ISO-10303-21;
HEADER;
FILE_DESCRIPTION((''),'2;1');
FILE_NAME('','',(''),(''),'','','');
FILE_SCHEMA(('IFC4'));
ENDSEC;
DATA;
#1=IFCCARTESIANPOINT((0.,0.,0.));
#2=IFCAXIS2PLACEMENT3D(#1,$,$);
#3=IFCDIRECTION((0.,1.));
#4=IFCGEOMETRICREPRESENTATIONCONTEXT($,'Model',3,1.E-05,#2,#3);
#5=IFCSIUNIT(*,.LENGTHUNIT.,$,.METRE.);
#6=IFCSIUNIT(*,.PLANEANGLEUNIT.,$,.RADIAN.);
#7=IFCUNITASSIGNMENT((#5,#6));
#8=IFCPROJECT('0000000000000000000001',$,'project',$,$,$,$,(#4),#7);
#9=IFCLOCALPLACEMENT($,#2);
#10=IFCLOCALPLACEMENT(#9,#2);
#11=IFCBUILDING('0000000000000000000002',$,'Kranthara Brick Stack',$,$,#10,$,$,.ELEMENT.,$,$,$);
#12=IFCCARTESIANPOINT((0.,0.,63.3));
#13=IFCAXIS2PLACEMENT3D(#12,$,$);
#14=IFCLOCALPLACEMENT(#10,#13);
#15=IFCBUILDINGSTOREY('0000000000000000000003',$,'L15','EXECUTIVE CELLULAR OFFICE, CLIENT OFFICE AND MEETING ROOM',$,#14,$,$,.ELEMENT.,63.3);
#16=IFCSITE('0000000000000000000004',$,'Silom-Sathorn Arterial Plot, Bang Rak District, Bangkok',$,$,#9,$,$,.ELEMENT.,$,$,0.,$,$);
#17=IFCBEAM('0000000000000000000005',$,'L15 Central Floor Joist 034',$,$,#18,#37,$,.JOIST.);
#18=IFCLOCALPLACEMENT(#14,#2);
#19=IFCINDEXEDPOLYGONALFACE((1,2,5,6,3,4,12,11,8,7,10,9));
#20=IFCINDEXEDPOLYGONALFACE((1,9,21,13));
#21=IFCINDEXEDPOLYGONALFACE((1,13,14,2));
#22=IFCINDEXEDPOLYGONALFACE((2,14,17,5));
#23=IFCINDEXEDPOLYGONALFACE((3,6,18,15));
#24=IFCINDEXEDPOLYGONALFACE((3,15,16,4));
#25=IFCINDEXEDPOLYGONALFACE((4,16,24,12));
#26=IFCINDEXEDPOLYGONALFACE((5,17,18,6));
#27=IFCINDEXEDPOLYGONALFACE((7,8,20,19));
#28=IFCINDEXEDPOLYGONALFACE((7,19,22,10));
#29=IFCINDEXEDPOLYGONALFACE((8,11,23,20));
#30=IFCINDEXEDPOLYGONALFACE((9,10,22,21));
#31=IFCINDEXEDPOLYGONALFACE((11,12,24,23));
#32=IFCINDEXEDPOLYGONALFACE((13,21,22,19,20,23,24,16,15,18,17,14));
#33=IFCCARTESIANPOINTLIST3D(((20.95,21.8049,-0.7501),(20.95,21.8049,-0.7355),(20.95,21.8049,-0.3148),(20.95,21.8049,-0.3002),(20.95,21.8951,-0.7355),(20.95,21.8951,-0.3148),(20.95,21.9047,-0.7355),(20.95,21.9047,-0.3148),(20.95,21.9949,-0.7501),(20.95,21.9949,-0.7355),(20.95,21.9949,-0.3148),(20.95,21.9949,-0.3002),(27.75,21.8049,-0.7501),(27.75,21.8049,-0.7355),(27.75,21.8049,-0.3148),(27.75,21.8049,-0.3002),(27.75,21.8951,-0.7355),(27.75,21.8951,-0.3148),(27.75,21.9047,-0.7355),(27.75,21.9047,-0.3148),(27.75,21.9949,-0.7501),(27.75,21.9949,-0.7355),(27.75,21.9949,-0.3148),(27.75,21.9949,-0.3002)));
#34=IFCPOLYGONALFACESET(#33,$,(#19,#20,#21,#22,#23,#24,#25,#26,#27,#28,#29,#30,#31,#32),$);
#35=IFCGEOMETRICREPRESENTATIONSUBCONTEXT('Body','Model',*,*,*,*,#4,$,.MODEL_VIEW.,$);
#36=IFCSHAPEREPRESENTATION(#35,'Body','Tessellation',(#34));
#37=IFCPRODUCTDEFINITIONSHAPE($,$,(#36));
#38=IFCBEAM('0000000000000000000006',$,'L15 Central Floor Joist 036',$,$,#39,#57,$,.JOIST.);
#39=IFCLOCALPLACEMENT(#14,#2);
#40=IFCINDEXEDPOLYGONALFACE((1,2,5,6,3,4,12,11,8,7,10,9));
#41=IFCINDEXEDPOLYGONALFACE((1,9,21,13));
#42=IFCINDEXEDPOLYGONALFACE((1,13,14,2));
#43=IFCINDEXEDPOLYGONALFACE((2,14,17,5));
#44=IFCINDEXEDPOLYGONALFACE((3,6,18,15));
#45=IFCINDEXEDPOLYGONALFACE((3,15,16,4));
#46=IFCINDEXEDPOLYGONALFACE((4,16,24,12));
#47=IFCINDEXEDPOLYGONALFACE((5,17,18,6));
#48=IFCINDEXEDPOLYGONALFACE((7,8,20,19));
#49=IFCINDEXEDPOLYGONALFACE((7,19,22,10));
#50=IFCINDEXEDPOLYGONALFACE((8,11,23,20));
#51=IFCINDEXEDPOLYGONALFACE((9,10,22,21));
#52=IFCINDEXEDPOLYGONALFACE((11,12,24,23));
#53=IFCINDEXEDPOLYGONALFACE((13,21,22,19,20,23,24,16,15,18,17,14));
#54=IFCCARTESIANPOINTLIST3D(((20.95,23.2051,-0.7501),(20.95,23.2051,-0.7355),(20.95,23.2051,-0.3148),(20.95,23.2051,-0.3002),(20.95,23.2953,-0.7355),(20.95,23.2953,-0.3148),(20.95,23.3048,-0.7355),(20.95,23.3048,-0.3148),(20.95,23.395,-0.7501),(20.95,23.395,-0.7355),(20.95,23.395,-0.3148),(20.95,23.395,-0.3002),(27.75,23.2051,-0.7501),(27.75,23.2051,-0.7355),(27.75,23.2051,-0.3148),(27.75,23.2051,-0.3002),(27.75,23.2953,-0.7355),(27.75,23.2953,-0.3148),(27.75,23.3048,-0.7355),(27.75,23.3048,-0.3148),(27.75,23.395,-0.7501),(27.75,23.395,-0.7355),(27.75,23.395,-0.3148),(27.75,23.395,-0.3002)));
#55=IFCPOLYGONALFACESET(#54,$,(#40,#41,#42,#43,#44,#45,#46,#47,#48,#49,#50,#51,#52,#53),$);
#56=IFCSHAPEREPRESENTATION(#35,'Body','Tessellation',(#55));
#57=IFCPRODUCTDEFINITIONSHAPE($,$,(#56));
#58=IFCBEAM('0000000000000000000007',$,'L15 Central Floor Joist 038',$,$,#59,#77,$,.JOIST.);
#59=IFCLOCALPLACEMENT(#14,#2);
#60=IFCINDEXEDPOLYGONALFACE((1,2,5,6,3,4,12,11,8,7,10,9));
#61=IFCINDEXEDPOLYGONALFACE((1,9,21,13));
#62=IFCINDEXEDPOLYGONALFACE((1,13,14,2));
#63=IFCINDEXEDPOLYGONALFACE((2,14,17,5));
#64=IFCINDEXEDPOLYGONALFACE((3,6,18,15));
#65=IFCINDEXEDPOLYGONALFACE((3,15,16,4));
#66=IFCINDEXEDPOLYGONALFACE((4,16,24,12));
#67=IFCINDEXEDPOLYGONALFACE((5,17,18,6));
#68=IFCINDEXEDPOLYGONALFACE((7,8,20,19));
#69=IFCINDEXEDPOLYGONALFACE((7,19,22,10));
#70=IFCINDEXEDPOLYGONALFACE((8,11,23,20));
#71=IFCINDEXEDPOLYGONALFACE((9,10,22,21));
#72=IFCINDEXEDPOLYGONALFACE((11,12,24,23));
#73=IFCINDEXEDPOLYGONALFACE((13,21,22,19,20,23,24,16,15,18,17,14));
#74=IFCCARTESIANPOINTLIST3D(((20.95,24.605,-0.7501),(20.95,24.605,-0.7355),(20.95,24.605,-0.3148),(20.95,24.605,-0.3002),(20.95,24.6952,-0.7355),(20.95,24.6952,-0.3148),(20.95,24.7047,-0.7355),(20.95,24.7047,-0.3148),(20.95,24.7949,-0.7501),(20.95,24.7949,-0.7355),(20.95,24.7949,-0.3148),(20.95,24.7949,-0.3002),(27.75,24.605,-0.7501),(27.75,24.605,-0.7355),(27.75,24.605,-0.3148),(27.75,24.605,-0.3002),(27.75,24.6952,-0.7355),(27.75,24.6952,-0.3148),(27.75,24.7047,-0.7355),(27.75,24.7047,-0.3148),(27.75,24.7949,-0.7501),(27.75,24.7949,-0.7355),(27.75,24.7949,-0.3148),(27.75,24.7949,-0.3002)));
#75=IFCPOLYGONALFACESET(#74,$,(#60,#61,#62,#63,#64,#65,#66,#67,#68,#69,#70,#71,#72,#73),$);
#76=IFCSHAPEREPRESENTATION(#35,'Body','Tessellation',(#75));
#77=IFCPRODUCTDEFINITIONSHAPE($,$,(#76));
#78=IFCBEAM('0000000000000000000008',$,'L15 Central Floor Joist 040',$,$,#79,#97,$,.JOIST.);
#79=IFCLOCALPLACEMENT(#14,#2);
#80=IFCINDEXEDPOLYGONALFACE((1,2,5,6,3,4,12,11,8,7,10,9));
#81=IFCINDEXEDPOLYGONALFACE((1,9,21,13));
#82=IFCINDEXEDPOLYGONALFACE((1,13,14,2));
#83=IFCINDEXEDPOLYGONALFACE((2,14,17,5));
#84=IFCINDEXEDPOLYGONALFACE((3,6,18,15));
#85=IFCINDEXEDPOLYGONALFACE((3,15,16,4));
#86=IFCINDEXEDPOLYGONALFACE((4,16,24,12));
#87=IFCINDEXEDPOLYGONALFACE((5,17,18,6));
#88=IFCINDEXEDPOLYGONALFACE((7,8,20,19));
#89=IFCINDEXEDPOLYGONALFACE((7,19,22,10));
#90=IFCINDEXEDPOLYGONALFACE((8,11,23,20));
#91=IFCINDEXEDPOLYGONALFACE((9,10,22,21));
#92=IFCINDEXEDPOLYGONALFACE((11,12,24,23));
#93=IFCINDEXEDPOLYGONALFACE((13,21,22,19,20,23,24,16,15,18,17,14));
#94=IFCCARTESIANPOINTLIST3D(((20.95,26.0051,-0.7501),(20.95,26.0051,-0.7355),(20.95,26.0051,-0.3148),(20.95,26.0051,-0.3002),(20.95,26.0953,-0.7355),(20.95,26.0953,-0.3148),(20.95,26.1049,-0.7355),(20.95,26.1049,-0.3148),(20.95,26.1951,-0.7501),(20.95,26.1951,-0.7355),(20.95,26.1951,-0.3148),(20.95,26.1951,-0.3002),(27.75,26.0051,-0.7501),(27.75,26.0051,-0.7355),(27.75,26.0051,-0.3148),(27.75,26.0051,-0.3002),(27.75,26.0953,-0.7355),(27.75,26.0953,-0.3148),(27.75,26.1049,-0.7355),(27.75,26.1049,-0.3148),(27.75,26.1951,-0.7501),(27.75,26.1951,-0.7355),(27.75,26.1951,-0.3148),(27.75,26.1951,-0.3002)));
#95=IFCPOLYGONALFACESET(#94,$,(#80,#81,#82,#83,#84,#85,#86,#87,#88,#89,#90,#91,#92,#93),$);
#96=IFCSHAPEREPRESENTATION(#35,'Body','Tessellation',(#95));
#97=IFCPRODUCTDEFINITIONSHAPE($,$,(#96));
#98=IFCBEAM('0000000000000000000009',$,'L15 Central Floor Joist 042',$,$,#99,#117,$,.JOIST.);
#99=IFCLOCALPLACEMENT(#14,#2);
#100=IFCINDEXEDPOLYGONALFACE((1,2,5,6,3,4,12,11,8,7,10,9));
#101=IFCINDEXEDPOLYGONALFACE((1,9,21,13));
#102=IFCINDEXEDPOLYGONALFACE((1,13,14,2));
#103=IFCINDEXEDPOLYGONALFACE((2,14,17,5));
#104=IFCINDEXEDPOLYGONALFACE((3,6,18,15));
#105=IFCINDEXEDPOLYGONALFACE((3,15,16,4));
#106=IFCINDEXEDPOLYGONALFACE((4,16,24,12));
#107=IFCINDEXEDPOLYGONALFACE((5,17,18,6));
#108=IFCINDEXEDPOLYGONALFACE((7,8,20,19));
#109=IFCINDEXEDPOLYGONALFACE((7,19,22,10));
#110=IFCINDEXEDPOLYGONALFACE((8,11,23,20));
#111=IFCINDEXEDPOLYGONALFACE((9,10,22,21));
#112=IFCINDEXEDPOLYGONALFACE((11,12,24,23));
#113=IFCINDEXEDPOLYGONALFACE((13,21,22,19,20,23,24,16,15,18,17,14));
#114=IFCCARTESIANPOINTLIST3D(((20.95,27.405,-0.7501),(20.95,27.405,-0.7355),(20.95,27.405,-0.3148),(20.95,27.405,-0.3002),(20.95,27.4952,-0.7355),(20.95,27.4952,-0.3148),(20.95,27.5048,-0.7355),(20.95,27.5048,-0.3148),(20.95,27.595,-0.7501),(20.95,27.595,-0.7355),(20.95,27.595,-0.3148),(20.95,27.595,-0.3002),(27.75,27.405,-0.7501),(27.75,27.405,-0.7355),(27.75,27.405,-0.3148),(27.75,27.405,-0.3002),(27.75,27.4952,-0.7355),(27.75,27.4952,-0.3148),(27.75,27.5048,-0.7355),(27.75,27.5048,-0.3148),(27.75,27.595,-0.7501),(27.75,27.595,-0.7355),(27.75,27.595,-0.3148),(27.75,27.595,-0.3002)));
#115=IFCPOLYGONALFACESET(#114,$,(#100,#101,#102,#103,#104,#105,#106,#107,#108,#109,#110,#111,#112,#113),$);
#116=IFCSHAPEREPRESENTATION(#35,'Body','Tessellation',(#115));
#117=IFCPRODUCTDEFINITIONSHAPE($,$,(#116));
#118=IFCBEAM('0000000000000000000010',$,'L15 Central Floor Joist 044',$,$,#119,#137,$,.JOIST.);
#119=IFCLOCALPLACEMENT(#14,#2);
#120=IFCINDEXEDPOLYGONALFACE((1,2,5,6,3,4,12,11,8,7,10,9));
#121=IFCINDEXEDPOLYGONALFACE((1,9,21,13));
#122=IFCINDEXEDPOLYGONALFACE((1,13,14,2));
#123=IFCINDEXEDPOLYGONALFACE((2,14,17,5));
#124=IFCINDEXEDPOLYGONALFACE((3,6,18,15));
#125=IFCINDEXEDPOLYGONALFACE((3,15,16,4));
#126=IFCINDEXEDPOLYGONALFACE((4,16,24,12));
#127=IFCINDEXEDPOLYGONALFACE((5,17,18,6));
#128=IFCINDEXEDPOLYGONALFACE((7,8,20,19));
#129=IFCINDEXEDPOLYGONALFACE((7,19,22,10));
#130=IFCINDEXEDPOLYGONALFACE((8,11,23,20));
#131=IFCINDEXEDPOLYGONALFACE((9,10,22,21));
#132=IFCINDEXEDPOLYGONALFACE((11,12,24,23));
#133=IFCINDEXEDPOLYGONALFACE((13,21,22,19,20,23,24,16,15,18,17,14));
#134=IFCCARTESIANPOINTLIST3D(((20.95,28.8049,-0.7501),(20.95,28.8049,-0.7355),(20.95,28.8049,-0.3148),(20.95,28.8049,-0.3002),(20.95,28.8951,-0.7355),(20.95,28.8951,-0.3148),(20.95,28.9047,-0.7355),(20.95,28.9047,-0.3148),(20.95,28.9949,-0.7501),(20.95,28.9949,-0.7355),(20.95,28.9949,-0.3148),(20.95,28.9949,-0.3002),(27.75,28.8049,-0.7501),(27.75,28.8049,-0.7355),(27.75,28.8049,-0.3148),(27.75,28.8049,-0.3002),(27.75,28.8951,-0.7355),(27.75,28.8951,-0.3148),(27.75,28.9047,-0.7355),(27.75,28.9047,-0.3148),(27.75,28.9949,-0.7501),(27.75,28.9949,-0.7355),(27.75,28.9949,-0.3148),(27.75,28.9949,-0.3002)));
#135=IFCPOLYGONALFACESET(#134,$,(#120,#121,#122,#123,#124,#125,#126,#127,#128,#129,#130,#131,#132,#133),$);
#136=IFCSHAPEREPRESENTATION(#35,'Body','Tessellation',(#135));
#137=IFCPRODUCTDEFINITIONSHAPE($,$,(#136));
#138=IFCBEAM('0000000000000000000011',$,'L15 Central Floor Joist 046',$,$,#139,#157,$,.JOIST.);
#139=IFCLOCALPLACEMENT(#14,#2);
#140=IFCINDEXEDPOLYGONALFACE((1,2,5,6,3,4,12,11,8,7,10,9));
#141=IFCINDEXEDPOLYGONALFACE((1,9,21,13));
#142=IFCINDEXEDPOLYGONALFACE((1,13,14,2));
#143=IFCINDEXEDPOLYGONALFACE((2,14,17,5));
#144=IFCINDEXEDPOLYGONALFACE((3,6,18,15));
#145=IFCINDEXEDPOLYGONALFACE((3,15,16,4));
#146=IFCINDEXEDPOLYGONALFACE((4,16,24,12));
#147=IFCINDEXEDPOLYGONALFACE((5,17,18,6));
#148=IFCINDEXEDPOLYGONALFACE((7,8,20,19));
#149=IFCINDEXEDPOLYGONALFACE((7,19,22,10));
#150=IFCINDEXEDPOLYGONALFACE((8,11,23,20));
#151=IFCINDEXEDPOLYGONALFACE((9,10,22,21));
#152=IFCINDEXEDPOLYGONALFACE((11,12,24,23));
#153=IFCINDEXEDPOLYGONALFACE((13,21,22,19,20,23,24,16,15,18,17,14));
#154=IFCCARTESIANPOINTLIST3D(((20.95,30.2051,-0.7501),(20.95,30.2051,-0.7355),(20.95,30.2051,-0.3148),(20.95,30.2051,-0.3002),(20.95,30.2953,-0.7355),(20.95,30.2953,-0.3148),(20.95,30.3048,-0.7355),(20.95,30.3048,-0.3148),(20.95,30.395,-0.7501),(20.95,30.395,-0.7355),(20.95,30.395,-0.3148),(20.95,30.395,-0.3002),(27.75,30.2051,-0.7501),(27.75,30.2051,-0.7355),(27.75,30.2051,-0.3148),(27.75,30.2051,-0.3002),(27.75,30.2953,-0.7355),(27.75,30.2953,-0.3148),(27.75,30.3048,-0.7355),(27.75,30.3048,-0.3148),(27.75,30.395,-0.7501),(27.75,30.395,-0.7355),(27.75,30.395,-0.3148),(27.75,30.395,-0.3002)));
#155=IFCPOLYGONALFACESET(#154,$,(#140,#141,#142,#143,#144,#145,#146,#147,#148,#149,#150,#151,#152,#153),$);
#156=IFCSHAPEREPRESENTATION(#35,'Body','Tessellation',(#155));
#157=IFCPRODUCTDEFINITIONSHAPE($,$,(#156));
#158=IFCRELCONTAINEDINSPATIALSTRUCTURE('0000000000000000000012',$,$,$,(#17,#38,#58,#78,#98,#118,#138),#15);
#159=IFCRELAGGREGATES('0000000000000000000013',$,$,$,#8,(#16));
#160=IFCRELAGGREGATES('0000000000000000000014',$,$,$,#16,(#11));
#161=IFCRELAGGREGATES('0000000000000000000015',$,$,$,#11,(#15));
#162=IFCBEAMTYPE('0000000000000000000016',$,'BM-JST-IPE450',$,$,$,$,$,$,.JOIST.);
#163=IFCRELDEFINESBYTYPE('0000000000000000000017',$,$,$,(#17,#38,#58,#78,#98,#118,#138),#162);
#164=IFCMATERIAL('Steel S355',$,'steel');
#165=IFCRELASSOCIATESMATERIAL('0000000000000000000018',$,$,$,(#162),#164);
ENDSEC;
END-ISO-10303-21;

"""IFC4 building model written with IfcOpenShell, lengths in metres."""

from ifc_helpers import new_model, si_unit, direction, frame, origin, origin_2d, place, context, subcontext, project, spatial, i_section, extrude, material, material_profile, profile_set, type_object, element, save


model = new_model("IFC4")

# Units and contexts
model_context = context("Model", 3, precision=1e-05, world=origin(), true_north=direction((0.0, 1.0)))
body_context = subcontext(model_context, "Body", "Model", "MODEL_VIEW")
ifc_project = project(units=[si_unit("LENGTHUNIT", "METRE"), si_unit("PLANEANGLEUNIT", "RADIAN")], contexts=[model_context])

# Site, building, storey
site_placement = place(None, origin())
site = spatial("IfcSite", under=ifc_project, at=site_placement, Name="Silom-Sathorn Arterial Plot, Bang Rak District, Bangkok", CompositionType="ELEMENT", RefElevation=0.0)
building_placement = place(site_placement, origin())
building = spatial("IfcBuilding", under=site, at=building_placement, Name="Kranthara Brick Stack", CompositionType="ELEMENT")
storey_placement = place(building_placement, frame((0.0, 0.0, 63.3)))
storey = spatial("IfcBuildingStorey", under=building, at=storey_placement, Name="L15", Description="EXECUTIVE CELLULAR OFFICE, CLIENT OFFICE AND MEETING ROOM", CompositionType="ELEMENT", Elevation=63.3)

# Beams
ifc_material_1 = material(Name="Steel S355", Category="steel")
ifc_material_profile = material_profile(ifc_material_1, i_section(OverallWidth=0.1899, OverallDepth=0.45, WebThickness=0.0095, FlangeThickness=0.0146, at=origin_2d()), Name="IPE 450")
ifc_profile_set = profile_set([ifc_material_profile], Name="Steel S355")
beam_type = type_object("IfcBeamType", Name="BM-JST-IPE450", PredefinedType="JOIST", material=ifc_profile_set)
for number, where, z_axis, x_axis, name in (
    (1, (20.95, 21.8999, -0.5251), (1.0, 0.0, 0.0), (0.0, 1.0, 0.0), "L15 Central Floor Joist 034"),
    (2, (20.95, 23.3, -0.5251), (1.0, 0.0, 0.0), (0.0, 1.0, 0.0), "L15 Central Floor Joist 036"),
    (3, (20.95, 24.7, -0.5251), (1.0, 0.0, 0.0), (0.0, 1.0, 0.0), "L15 Central Floor Joist 038"),
    (4, (20.95, 26.1001, -0.5251), (1.0, 0.0, 0.0), (0.0, 1.0, 0.0), "L15 Central Floor Joist 040"),
    (5, (20.95, 27.5, -0.5251), (1.0, 0.0, 0.0), (0.0, 1.0, 0.0), "L15 Central Floor Joist 042"),
    (6, (20.95, 28.8999, -0.5251), (1.0, 0.0, 0.0), (0.0, 1.0, 0.0), "L15 Central Floor Joist 044"),
    (7, (20.95, 30.3, -0.5251), (1.0, 0.0, 0.0), (0.0, 1.0, 0.0), "L15 Central Floor Joist 046"),
):
    element("IfcBeam", number, at=place(storey_placement, frame(where, z_axis=z_axis, x_axis=x_axis)), inside=storey, type_object=beam_type, Name=name, PredefinedType="JOIST", context=body_context, shape_type="SweptSolid", body=[
        extrude(i_section(OverallWidth=0.1899, OverallDepth=0.45, WebThickness=0.0095, FlangeThickness=0.0146, at=origin_2d()), origin(), (0.0, 0.0, 1.0), 6.8),
    ])

save(model, "model.ifc")
